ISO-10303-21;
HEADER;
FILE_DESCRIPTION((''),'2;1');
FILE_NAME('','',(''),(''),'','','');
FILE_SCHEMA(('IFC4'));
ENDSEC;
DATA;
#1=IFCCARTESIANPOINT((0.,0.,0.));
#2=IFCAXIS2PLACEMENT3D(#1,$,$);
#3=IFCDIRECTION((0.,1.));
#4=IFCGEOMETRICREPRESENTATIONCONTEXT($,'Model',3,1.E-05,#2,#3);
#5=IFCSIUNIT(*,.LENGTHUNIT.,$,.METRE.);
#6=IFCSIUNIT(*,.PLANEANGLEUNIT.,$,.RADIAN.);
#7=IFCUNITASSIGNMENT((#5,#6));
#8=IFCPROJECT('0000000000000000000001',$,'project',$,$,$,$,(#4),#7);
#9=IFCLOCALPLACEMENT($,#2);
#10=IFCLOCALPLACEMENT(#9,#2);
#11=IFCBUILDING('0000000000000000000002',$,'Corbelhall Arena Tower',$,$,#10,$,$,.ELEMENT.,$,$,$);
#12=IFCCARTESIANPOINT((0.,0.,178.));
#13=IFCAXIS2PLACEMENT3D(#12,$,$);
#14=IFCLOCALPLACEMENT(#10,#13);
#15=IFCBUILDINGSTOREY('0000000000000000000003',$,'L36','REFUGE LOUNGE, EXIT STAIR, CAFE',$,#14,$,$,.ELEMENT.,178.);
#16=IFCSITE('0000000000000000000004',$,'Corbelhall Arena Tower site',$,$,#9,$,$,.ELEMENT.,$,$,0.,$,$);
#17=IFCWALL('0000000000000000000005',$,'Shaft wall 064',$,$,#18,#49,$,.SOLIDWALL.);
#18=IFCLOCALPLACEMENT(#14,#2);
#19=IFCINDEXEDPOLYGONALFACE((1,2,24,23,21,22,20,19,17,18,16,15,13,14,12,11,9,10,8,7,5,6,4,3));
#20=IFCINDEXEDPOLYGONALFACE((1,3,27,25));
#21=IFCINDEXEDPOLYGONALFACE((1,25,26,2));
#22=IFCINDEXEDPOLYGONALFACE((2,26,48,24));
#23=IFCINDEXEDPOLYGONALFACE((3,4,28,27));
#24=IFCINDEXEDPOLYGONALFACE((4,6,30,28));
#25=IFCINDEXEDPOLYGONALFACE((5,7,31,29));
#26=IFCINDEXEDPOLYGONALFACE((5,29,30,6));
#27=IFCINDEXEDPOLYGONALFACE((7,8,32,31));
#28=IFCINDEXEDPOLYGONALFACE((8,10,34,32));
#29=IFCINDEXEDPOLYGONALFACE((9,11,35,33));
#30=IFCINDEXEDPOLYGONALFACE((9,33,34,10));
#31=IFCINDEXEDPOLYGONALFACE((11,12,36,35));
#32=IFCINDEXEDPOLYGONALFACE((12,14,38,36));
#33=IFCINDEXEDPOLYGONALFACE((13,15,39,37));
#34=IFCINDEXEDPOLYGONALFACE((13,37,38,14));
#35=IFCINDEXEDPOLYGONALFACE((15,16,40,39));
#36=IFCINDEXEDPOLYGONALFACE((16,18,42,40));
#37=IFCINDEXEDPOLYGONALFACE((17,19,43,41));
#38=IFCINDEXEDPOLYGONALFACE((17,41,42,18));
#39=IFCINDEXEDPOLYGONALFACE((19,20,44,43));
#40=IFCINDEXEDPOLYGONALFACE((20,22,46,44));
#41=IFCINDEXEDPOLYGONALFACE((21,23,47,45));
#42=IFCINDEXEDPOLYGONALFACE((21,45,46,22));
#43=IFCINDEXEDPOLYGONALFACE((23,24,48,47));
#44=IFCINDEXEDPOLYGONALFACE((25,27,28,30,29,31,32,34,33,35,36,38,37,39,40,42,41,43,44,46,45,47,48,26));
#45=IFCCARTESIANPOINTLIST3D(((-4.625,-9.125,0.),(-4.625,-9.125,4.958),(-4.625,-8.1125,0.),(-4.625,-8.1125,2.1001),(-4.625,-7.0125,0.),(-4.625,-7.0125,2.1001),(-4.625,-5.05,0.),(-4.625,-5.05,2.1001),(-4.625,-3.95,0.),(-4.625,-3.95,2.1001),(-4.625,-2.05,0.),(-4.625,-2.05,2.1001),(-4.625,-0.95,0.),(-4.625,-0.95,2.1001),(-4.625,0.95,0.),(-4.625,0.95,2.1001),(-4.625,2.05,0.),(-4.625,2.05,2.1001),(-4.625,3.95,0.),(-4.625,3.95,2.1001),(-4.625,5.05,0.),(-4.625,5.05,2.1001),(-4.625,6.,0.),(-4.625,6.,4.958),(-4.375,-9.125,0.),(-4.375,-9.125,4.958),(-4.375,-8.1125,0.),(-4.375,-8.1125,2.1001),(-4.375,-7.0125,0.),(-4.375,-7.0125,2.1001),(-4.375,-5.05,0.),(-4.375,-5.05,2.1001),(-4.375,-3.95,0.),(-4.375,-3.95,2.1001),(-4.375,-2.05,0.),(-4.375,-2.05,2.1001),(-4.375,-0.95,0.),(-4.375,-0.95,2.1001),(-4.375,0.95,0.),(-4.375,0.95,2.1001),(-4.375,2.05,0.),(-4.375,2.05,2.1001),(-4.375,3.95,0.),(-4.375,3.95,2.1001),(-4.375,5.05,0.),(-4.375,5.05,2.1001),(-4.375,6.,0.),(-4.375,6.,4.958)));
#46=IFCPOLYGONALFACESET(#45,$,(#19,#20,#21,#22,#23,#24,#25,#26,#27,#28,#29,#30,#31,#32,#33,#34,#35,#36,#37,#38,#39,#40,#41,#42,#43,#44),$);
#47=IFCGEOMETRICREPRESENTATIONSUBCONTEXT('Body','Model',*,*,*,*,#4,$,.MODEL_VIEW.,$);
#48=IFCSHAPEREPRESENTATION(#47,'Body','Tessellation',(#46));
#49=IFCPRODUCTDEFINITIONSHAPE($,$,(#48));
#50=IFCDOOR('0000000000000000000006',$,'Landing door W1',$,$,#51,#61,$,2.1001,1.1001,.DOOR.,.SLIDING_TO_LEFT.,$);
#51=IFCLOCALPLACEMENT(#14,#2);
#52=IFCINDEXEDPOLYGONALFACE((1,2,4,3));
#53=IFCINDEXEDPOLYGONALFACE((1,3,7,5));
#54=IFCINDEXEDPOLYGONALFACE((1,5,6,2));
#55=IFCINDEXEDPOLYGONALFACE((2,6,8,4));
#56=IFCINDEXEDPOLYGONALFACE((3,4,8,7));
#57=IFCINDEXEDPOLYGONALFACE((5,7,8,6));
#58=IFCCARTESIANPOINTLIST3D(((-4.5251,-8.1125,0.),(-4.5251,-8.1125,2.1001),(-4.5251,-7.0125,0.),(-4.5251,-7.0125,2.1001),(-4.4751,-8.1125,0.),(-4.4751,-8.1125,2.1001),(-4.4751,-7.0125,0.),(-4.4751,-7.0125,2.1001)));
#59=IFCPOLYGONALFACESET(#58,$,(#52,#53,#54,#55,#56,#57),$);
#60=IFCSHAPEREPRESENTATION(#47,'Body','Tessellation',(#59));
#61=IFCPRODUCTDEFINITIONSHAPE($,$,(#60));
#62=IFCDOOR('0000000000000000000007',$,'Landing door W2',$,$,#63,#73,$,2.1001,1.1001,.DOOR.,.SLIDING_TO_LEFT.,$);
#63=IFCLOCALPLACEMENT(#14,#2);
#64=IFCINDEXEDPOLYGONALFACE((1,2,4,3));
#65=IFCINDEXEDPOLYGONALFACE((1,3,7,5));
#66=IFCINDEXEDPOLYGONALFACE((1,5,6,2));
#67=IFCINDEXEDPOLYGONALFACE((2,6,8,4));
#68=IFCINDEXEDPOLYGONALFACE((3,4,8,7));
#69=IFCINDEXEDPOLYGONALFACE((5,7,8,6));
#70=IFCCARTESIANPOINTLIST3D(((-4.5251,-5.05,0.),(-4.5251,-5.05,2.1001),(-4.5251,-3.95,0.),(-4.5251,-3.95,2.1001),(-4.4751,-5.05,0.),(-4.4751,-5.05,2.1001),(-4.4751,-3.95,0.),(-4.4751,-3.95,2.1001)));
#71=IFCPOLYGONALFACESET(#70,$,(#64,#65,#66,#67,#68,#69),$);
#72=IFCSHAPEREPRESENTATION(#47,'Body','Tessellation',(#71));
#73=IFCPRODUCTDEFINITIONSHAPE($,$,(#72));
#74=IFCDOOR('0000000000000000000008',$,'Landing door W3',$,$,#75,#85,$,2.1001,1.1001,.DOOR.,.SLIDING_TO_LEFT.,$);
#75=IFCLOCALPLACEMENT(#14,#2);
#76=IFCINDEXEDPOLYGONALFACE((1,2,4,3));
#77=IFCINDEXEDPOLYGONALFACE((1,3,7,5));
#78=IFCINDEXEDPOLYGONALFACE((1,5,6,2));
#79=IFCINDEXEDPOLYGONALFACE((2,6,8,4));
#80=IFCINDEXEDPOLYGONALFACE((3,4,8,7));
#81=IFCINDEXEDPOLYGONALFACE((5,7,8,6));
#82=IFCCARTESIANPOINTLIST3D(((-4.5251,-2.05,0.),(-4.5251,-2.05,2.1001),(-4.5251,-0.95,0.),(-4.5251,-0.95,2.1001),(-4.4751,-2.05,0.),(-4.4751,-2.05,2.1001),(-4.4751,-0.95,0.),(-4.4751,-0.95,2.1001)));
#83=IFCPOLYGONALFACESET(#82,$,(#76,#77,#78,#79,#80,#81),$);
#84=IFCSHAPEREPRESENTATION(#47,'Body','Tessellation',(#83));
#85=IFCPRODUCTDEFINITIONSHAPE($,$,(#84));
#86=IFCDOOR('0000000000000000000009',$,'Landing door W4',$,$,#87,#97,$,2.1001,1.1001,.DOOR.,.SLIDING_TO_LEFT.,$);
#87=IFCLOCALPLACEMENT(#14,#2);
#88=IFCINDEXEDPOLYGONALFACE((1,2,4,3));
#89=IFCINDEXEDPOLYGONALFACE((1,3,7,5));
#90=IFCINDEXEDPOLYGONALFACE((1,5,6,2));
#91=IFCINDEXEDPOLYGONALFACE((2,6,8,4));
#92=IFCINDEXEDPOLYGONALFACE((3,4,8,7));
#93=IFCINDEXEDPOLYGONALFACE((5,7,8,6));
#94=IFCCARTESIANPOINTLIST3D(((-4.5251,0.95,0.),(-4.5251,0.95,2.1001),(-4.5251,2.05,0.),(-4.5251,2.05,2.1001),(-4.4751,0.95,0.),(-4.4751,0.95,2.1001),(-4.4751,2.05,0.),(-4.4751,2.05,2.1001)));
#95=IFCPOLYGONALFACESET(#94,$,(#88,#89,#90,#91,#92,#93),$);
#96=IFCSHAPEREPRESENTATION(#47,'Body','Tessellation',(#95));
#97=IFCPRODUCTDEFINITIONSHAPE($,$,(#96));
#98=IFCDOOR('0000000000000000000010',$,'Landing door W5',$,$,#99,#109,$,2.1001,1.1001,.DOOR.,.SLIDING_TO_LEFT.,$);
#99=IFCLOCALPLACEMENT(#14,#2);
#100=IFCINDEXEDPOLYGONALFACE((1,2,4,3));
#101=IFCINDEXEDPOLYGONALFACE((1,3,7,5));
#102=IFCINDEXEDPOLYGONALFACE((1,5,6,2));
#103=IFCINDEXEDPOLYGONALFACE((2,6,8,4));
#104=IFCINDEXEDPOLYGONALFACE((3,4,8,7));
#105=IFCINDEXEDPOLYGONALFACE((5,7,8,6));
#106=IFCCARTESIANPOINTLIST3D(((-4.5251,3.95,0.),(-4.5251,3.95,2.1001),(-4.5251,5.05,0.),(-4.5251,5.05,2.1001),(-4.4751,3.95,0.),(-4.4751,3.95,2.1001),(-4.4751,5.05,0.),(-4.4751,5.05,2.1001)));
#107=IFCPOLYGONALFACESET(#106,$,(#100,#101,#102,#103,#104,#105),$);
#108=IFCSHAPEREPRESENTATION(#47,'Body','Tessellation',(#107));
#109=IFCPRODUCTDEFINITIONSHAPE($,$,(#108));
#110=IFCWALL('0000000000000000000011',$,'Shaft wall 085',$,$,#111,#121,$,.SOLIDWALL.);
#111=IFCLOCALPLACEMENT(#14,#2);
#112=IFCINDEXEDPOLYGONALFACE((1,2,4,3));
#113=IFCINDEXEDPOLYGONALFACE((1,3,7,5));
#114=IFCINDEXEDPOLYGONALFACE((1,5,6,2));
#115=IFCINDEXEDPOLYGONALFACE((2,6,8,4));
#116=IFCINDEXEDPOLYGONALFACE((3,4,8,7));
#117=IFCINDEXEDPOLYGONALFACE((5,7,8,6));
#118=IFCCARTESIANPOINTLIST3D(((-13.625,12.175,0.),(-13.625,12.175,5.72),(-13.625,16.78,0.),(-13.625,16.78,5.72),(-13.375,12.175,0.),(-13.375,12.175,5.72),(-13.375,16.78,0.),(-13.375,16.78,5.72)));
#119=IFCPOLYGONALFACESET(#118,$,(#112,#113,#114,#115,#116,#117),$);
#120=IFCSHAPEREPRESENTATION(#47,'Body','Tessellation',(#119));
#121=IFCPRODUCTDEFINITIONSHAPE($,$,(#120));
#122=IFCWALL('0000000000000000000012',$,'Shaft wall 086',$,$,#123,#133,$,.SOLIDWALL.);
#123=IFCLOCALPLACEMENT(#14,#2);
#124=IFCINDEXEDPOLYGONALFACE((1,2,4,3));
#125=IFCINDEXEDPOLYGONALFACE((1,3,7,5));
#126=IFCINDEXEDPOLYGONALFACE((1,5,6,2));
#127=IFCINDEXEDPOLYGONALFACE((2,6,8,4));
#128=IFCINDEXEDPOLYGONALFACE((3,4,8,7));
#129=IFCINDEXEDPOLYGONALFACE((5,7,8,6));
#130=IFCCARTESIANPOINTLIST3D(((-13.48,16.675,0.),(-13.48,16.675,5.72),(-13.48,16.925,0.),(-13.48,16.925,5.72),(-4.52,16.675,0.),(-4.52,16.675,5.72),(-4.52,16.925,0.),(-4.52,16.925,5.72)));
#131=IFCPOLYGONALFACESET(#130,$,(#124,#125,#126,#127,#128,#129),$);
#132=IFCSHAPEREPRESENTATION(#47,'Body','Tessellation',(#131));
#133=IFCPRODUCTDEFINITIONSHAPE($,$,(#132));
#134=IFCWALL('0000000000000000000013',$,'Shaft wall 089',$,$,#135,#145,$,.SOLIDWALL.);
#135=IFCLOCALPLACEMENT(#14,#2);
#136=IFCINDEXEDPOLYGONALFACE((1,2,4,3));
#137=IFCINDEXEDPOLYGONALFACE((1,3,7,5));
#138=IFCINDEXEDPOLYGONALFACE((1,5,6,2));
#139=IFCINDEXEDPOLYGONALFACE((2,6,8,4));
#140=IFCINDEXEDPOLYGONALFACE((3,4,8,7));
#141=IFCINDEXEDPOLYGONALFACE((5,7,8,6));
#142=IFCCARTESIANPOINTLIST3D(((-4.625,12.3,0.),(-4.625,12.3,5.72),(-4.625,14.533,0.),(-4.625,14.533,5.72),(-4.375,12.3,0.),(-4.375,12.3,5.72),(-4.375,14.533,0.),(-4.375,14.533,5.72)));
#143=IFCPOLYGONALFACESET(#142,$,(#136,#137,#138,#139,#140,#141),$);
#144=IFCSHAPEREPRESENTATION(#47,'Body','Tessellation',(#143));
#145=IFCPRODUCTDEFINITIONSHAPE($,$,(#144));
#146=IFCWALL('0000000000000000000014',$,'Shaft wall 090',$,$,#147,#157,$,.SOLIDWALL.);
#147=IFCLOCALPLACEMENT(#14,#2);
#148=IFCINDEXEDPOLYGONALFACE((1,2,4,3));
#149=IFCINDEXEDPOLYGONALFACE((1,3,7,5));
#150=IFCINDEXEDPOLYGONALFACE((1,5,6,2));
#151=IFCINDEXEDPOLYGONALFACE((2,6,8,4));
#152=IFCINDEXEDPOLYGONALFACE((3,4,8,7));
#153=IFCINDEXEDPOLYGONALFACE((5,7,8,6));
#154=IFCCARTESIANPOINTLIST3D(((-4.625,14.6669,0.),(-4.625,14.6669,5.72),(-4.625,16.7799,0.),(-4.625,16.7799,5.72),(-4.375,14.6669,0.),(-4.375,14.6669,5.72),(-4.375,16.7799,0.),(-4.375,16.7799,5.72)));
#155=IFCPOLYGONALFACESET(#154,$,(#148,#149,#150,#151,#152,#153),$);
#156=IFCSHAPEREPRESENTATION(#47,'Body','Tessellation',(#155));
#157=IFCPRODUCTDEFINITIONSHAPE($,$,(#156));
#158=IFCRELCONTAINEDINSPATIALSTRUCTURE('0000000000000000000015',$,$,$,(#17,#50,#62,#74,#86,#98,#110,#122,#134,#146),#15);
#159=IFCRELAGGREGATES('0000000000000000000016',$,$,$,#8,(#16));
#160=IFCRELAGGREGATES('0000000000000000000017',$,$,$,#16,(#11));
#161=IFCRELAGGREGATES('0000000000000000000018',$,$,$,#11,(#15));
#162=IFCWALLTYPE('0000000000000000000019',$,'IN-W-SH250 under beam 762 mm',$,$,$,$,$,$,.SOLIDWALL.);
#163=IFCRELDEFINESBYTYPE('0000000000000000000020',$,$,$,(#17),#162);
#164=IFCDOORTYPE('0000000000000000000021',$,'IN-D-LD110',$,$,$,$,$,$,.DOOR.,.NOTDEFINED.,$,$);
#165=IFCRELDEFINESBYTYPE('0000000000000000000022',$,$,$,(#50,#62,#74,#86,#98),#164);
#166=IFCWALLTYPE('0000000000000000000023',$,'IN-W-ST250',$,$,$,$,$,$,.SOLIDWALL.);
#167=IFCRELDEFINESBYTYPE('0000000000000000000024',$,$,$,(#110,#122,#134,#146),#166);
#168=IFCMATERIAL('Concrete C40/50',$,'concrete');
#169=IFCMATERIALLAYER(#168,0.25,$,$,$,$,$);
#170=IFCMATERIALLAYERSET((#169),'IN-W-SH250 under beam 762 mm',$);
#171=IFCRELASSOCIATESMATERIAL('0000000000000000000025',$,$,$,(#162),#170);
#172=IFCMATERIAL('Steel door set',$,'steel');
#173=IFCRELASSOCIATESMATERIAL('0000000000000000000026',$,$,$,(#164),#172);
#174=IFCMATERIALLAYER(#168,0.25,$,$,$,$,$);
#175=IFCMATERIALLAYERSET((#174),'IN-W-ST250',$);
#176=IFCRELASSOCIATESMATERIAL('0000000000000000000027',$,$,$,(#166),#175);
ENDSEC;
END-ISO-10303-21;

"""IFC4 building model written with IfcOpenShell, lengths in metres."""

from ifc_helpers import new_model, si_unit, direction, frame, frame_2d, origin, place, context, subcontext, project, spatial, rectangle, extrude, material, layer, layer_set, type_object, element, fill, save


model = new_model("IFC4")

# Units and contexts
model_context = context("Model", 3, precision=1e-05, world=origin(), true_north=direction((0.0, 1.0)))
body_context = subcontext(model_context, "Body", "Model", "MODEL_VIEW")
ifc_project = project(units=[si_unit("LENGTHUNIT", "METRE"), si_unit("PLANEANGLEUNIT", "RADIAN")], contexts=[model_context])

# Site, building, storey
site_placement = place(None, origin())
site = spatial("IfcSite", under=ifc_project, at=site_placement, Name="Corbelhall Arena Tower site", CompositionType="ELEMENT", RefElevation=0.0)
building_placement = place(site_placement, origin())
building = spatial("IfcBuilding", under=site, at=building_placement, Name="Corbelhall Arena Tower", CompositionType="ELEMENT")
storey_placement = place(building_placement, frame((0.0, 0.0, 178.0)))
storey = spatial("IfcBuildingStorey", under=building, at=storey_placement, Name="L36", Description="REFUGE LOUNGE, EXIT STAIR, CAFE", CompositionType="ELEMENT", Elevation=178.0)

# Shared definitions
ifc_material_1 = material(Name="Steel door set", Category="steel")

# Shared definitions
ifc_material_2 = material(Name="Concrete C40/50", Category="concrete")

# Wall, openings, doors
ifc_layer_1 = layer(ifc_material_2, 0.25)
ifc_layer_set_1 = layer_set([ifc_layer_1], Name="IN-W-SH250 under beam 762 mm")
wall_type_1 = type_object("IfcWallType", Name="IN-W-SH250 under beam 762 mm", PredefinedType="SOLIDWALL", material=ifc_layer_set_1)
wall_1_placement = place(storey_placement, frame((-4.5, 6.0, 0.0), z_axis=(0.0, 0.0, 1.0), x_axis=(0.0, -1.0, 0.0)))
wall_1 = element("IfcWall", 1, at=wall_1_placement, inside=storey, type_object=wall_type_1, Name="Shaft wall 064", PredefinedType="SOLIDWALL", context=body_context, shape_type="SweptSolid", body=[
    extrude(rectangle(XDim=15.125, YDim=0.25, at=frame_2d((7.5625, 0.0))), origin(), (0.0, 0.0, 1.0), 4.958),
])
opening_1_placement = place(wall_1_placement, frame((13.0125, 0.0, 0.0)))
opening_1 = element("IfcOpeningElement", 2, at=opening_1_placement, cuts=wall_1, PredefinedType="OPENING", context=body_context, shape_type="SweptSolid", body=[
    extrude(rectangle(XDim=1.1001, YDim=2.1001, at=frame_2d((0.55, 1.05))), frame((0.0, 0.125, 0.0), z_axis=(0.0, -1.0, 0.0), x_axis=(1.0, 0.0, 0.0)), (0.0, 0.0, 1.0), 0.25),
])
opening_2_placement = place(wall_1_placement, frame((9.95, 0.0, 0.0)))
opening_2 = element("IfcOpeningElement", 3, at=opening_2_placement, cuts=wall_1, PredefinedType="OPENING", context=body_context, shape_type="SweptSolid", body=[
    extrude(rectangle(XDim=1.1001, YDim=2.1001, at=frame_2d((0.55, 1.05))), frame((0.0, 0.125, 0.0), z_axis=(0.0, -1.0, 0.0), x_axis=(1.0, 0.0, 0.0)), (0.0, 0.0, 1.0), 0.25),
])
opening_3_placement = place(wall_1_placement, frame((6.95, 0.0, 0.0)))
opening_3 = element("IfcOpeningElement", 4, at=opening_3_placement, cuts=wall_1, PredefinedType="OPENING", context=body_context, shape_type="SweptSolid", body=[
    extrude(rectangle(XDim=1.1001, YDim=2.1001, at=frame_2d((0.55, 1.05))), frame((0.0, 0.125, 0.0), z_axis=(0.0, -1.0, 0.0), x_axis=(1.0, 0.0, 0.0)), (0.0, 0.0, 1.0), 0.25),
])
opening_4_placement = place(wall_1_placement, frame((3.95, 0.0, 0.0)))
opening_4 = element("IfcOpeningElement", 5, at=opening_4_placement, cuts=wall_1, PredefinedType="OPENING", context=body_context, shape_type="SweptSolid", body=[
    extrude(rectangle(XDim=1.1001, YDim=2.1001, at=frame_2d((0.55, 1.05))), frame((0.0, 0.125, 0.0), z_axis=(0.0, -1.0, 0.0), x_axis=(1.0, 0.0, 0.0)), (0.0, 0.0, 1.0), 0.25),
])
opening_5_placement = place(wall_1_placement, frame((0.95, 0.0, 0.0)))
opening_5 = element("IfcOpeningElement", 6, at=opening_5_placement, cuts=wall_1, PredefinedType="OPENING", context=body_context, shape_type="SweptSolid", body=[
    extrude(rectangle(XDim=1.1001, YDim=2.1001, at=frame_2d((0.55, 1.05))), frame((0.0, 0.125, 0.0), z_axis=(0.0, -1.0, 0.0), x_axis=(1.0, 0.0, 0.0)), (0.0, 0.0, 1.0), 0.25),
])
door_type_1 = type_object("IfcDoorType", Name="IN-D-LD110", OperationType="NOTDEFINED", PredefinedType="DOOR", material=ifc_material_1)
door_1_placement = place(opening_1_placement, origin())
door_1 = element("IfcDoor", 7, at=door_1_placement, inside=storey, type_object=door_type_1, Name="Landing door W1", OperationType="SLIDING_TO_LEFT", OverallHeight=2.1001, OverallWidth=1.1001, PredefinedType="DOOR", context=body_context, shape_type="SweptSolid", body=[
    extrude(rectangle(XDim=1.1001, YDim=2.1001, at=frame_2d((0.55, 1.05))), frame((0.0, 0.0249, 0.0), z_axis=(0.0, -1.0, 0.0), x_axis=(1.0, 0.0, 0.0)), (0.0, 0.0, 1.0), 0.05),
])
fill(opening_1, door_1)
door_2_placement = place(opening_2_placement, origin())
door_2 = element("IfcDoor", 8, at=door_2_placement, inside=storey, type_object=door_type_1, Name="Landing door W2", OperationType="SLIDING_TO_LEFT", OverallHeight=2.1001, OverallWidth=1.1001, PredefinedType="DOOR", context=body_context, shape_type="SweptSolid", body=[
    extrude(rectangle(XDim=1.1001, YDim=2.1001, at=frame_2d((0.55, 1.05))), frame((0.0, 0.0249, 0.0), z_axis=(0.0, -1.0, 0.0), x_axis=(1.0, 0.0, 0.0)), (0.0, 0.0, 1.0), 0.05),
])
fill(opening_2, door_2)
door_3_placement = place(opening_3_placement, origin())
door_3 = element("IfcDoor", 9, at=door_3_placement, inside=storey, type_object=door_type_1, Name="Landing door W3", OperationType="SLIDING_TO_LEFT", OverallHeight=2.1001, OverallWidth=1.1001, PredefinedType="DOOR", context=body_context, shape_type="SweptSolid", body=[
    extrude(rectangle(XDim=1.1001, YDim=2.1001, at=frame_2d((0.55, 1.05))), frame((0.0, 0.0249, 0.0), z_axis=(0.0, -1.0, 0.0), x_axis=(1.0, 0.0, 0.0)), (0.0, 0.0, 1.0), 0.05),
])
fill(opening_3, door_3)
door_4_placement = place(opening_4_placement, origin())
door_4 = element("IfcDoor", 10, at=door_4_placement, inside=storey, type_object=door_type_1, Name="Landing door W4", OperationType="SLIDING_TO_LEFT", OverallHeight=2.1001, OverallWidth=1.1001, PredefinedType="DOOR", context=body_context, shape_type="SweptSolid", body=[
    extrude(rectangle(XDim=1.1001, YDim=2.1001, at=frame_2d((0.55, 1.05))), frame((0.0, 0.0249, 0.0), z_axis=(0.0, -1.0, 0.0), x_axis=(1.0, 0.0, 0.0)), (0.0, 0.0, 1.0), 0.05),
])
fill(opening_4, door_4)
door_5_placement = place(opening_5_placement, origin())
door_5 = element("IfcDoor", 11, at=door_5_placement, inside=storey, type_object=door_type_1, Name="Landing door W5", OperationType="SLIDING_TO_LEFT", OverallHeight=2.1001, OverallWidth=1.1001, PredefinedType="DOOR", context=body_context, shape_type="SweptSolid", body=[
    extrude(rectangle(XDim=1.1001, YDim=2.1001, at=frame_2d((0.55, 1.05))), frame((0.0, 0.0249, 0.0), z_axis=(0.0, -1.0, 0.0), x_axis=(1.0, 0.0, 0.0)), (0.0, 0.0, 1.0), 0.05),
])
fill(opening_5, door_5)

# Walls
ifc_layer_2 = layer(ifc_material_2, 0.25)
ifc_layer_set_2 = layer_set([ifc_layer_2], Name="IN-W-ST250")
wall_type_2 = type_object("IfcWallType", Name="IN-W-ST250", PredefinedType="SOLIDWALL", material=ifc_layer_set_2)
wall_2_placement = place(storey_placement, frame((-13.5, 16.78, 0.0), z_axis=(0.0, 0.0, 1.0), x_axis=(0.0, -1.0, 0.0)))
element("IfcWall", 12, at=wall_2_placement, inside=storey, type_object=wall_type_2, Name="Shaft wall 085", PredefinedType="SOLIDWALL", context=body_context, shape_type="SweptSolid", body=[
    extrude(rectangle(XDim=4.605, YDim=0.25, at=frame_2d((2.3025, 0.0))), origin(), (0.0, 0.0, 1.0), 5.72),
])
wall_3_placement = place(storey_placement, frame((-13.48, 16.8, 0.0), z_axis=(0.0, 0.0, 1.0), x_axis=(1.0, 0.0, 0.0)))
element("IfcWall", 13, at=wall_3_placement, inside=storey, type_object=wall_type_2, Name="Shaft wall 086", PredefinedType="SOLIDWALL", context=body_context, shape_type="SweptSolid", body=[
    extrude(rectangle(XDim=8.96, YDim=0.25, at=frame_2d((4.48, 0.0))), origin(), (0.0, 0.0, 1.0), 5.72),
])
wall_4_placement = place(storey_placement, frame((-4.5, 14.533, 0.0), z_axis=(0.0, 0.0, 1.0), x_axis=(0.0, -1.0, 0.0)))
element("IfcWall", 14, at=wall_4_placement, inside=storey, type_object=wall_type_2, Name="Shaft wall 089", PredefinedType="SOLIDWALL", context=body_context, shape_type="SweptSolid", body=[
    extrude(rectangle(XDim=2.2329, YDim=0.25, at=frame_2d((1.1165, 0.0))), origin(), (0.0, 0.0, 1.0), 5.72),
])
wall_5_placement = place(storey_placement, frame((-4.5, 16.78, 0.0), z_axis=(0.0, 0.0, 1.0), x_axis=(0.0, -1.0, 0.0)))
element("IfcWall", 15, at=wall_5_placement, inside=storey, type_object=wall_type_2, Name="Shaft wall 090", PredefinedType="SOLIDWALL", context=body_context, shape_type="SweptSolid", body=[
    extrude(rectangle(XDim=2.113, YDim=0.25, at=frame_2d((1.0566, 0.0))), origin(), (0.0, 0.0, 1.0), 5.72),
])

save(model, "model.ifc")
